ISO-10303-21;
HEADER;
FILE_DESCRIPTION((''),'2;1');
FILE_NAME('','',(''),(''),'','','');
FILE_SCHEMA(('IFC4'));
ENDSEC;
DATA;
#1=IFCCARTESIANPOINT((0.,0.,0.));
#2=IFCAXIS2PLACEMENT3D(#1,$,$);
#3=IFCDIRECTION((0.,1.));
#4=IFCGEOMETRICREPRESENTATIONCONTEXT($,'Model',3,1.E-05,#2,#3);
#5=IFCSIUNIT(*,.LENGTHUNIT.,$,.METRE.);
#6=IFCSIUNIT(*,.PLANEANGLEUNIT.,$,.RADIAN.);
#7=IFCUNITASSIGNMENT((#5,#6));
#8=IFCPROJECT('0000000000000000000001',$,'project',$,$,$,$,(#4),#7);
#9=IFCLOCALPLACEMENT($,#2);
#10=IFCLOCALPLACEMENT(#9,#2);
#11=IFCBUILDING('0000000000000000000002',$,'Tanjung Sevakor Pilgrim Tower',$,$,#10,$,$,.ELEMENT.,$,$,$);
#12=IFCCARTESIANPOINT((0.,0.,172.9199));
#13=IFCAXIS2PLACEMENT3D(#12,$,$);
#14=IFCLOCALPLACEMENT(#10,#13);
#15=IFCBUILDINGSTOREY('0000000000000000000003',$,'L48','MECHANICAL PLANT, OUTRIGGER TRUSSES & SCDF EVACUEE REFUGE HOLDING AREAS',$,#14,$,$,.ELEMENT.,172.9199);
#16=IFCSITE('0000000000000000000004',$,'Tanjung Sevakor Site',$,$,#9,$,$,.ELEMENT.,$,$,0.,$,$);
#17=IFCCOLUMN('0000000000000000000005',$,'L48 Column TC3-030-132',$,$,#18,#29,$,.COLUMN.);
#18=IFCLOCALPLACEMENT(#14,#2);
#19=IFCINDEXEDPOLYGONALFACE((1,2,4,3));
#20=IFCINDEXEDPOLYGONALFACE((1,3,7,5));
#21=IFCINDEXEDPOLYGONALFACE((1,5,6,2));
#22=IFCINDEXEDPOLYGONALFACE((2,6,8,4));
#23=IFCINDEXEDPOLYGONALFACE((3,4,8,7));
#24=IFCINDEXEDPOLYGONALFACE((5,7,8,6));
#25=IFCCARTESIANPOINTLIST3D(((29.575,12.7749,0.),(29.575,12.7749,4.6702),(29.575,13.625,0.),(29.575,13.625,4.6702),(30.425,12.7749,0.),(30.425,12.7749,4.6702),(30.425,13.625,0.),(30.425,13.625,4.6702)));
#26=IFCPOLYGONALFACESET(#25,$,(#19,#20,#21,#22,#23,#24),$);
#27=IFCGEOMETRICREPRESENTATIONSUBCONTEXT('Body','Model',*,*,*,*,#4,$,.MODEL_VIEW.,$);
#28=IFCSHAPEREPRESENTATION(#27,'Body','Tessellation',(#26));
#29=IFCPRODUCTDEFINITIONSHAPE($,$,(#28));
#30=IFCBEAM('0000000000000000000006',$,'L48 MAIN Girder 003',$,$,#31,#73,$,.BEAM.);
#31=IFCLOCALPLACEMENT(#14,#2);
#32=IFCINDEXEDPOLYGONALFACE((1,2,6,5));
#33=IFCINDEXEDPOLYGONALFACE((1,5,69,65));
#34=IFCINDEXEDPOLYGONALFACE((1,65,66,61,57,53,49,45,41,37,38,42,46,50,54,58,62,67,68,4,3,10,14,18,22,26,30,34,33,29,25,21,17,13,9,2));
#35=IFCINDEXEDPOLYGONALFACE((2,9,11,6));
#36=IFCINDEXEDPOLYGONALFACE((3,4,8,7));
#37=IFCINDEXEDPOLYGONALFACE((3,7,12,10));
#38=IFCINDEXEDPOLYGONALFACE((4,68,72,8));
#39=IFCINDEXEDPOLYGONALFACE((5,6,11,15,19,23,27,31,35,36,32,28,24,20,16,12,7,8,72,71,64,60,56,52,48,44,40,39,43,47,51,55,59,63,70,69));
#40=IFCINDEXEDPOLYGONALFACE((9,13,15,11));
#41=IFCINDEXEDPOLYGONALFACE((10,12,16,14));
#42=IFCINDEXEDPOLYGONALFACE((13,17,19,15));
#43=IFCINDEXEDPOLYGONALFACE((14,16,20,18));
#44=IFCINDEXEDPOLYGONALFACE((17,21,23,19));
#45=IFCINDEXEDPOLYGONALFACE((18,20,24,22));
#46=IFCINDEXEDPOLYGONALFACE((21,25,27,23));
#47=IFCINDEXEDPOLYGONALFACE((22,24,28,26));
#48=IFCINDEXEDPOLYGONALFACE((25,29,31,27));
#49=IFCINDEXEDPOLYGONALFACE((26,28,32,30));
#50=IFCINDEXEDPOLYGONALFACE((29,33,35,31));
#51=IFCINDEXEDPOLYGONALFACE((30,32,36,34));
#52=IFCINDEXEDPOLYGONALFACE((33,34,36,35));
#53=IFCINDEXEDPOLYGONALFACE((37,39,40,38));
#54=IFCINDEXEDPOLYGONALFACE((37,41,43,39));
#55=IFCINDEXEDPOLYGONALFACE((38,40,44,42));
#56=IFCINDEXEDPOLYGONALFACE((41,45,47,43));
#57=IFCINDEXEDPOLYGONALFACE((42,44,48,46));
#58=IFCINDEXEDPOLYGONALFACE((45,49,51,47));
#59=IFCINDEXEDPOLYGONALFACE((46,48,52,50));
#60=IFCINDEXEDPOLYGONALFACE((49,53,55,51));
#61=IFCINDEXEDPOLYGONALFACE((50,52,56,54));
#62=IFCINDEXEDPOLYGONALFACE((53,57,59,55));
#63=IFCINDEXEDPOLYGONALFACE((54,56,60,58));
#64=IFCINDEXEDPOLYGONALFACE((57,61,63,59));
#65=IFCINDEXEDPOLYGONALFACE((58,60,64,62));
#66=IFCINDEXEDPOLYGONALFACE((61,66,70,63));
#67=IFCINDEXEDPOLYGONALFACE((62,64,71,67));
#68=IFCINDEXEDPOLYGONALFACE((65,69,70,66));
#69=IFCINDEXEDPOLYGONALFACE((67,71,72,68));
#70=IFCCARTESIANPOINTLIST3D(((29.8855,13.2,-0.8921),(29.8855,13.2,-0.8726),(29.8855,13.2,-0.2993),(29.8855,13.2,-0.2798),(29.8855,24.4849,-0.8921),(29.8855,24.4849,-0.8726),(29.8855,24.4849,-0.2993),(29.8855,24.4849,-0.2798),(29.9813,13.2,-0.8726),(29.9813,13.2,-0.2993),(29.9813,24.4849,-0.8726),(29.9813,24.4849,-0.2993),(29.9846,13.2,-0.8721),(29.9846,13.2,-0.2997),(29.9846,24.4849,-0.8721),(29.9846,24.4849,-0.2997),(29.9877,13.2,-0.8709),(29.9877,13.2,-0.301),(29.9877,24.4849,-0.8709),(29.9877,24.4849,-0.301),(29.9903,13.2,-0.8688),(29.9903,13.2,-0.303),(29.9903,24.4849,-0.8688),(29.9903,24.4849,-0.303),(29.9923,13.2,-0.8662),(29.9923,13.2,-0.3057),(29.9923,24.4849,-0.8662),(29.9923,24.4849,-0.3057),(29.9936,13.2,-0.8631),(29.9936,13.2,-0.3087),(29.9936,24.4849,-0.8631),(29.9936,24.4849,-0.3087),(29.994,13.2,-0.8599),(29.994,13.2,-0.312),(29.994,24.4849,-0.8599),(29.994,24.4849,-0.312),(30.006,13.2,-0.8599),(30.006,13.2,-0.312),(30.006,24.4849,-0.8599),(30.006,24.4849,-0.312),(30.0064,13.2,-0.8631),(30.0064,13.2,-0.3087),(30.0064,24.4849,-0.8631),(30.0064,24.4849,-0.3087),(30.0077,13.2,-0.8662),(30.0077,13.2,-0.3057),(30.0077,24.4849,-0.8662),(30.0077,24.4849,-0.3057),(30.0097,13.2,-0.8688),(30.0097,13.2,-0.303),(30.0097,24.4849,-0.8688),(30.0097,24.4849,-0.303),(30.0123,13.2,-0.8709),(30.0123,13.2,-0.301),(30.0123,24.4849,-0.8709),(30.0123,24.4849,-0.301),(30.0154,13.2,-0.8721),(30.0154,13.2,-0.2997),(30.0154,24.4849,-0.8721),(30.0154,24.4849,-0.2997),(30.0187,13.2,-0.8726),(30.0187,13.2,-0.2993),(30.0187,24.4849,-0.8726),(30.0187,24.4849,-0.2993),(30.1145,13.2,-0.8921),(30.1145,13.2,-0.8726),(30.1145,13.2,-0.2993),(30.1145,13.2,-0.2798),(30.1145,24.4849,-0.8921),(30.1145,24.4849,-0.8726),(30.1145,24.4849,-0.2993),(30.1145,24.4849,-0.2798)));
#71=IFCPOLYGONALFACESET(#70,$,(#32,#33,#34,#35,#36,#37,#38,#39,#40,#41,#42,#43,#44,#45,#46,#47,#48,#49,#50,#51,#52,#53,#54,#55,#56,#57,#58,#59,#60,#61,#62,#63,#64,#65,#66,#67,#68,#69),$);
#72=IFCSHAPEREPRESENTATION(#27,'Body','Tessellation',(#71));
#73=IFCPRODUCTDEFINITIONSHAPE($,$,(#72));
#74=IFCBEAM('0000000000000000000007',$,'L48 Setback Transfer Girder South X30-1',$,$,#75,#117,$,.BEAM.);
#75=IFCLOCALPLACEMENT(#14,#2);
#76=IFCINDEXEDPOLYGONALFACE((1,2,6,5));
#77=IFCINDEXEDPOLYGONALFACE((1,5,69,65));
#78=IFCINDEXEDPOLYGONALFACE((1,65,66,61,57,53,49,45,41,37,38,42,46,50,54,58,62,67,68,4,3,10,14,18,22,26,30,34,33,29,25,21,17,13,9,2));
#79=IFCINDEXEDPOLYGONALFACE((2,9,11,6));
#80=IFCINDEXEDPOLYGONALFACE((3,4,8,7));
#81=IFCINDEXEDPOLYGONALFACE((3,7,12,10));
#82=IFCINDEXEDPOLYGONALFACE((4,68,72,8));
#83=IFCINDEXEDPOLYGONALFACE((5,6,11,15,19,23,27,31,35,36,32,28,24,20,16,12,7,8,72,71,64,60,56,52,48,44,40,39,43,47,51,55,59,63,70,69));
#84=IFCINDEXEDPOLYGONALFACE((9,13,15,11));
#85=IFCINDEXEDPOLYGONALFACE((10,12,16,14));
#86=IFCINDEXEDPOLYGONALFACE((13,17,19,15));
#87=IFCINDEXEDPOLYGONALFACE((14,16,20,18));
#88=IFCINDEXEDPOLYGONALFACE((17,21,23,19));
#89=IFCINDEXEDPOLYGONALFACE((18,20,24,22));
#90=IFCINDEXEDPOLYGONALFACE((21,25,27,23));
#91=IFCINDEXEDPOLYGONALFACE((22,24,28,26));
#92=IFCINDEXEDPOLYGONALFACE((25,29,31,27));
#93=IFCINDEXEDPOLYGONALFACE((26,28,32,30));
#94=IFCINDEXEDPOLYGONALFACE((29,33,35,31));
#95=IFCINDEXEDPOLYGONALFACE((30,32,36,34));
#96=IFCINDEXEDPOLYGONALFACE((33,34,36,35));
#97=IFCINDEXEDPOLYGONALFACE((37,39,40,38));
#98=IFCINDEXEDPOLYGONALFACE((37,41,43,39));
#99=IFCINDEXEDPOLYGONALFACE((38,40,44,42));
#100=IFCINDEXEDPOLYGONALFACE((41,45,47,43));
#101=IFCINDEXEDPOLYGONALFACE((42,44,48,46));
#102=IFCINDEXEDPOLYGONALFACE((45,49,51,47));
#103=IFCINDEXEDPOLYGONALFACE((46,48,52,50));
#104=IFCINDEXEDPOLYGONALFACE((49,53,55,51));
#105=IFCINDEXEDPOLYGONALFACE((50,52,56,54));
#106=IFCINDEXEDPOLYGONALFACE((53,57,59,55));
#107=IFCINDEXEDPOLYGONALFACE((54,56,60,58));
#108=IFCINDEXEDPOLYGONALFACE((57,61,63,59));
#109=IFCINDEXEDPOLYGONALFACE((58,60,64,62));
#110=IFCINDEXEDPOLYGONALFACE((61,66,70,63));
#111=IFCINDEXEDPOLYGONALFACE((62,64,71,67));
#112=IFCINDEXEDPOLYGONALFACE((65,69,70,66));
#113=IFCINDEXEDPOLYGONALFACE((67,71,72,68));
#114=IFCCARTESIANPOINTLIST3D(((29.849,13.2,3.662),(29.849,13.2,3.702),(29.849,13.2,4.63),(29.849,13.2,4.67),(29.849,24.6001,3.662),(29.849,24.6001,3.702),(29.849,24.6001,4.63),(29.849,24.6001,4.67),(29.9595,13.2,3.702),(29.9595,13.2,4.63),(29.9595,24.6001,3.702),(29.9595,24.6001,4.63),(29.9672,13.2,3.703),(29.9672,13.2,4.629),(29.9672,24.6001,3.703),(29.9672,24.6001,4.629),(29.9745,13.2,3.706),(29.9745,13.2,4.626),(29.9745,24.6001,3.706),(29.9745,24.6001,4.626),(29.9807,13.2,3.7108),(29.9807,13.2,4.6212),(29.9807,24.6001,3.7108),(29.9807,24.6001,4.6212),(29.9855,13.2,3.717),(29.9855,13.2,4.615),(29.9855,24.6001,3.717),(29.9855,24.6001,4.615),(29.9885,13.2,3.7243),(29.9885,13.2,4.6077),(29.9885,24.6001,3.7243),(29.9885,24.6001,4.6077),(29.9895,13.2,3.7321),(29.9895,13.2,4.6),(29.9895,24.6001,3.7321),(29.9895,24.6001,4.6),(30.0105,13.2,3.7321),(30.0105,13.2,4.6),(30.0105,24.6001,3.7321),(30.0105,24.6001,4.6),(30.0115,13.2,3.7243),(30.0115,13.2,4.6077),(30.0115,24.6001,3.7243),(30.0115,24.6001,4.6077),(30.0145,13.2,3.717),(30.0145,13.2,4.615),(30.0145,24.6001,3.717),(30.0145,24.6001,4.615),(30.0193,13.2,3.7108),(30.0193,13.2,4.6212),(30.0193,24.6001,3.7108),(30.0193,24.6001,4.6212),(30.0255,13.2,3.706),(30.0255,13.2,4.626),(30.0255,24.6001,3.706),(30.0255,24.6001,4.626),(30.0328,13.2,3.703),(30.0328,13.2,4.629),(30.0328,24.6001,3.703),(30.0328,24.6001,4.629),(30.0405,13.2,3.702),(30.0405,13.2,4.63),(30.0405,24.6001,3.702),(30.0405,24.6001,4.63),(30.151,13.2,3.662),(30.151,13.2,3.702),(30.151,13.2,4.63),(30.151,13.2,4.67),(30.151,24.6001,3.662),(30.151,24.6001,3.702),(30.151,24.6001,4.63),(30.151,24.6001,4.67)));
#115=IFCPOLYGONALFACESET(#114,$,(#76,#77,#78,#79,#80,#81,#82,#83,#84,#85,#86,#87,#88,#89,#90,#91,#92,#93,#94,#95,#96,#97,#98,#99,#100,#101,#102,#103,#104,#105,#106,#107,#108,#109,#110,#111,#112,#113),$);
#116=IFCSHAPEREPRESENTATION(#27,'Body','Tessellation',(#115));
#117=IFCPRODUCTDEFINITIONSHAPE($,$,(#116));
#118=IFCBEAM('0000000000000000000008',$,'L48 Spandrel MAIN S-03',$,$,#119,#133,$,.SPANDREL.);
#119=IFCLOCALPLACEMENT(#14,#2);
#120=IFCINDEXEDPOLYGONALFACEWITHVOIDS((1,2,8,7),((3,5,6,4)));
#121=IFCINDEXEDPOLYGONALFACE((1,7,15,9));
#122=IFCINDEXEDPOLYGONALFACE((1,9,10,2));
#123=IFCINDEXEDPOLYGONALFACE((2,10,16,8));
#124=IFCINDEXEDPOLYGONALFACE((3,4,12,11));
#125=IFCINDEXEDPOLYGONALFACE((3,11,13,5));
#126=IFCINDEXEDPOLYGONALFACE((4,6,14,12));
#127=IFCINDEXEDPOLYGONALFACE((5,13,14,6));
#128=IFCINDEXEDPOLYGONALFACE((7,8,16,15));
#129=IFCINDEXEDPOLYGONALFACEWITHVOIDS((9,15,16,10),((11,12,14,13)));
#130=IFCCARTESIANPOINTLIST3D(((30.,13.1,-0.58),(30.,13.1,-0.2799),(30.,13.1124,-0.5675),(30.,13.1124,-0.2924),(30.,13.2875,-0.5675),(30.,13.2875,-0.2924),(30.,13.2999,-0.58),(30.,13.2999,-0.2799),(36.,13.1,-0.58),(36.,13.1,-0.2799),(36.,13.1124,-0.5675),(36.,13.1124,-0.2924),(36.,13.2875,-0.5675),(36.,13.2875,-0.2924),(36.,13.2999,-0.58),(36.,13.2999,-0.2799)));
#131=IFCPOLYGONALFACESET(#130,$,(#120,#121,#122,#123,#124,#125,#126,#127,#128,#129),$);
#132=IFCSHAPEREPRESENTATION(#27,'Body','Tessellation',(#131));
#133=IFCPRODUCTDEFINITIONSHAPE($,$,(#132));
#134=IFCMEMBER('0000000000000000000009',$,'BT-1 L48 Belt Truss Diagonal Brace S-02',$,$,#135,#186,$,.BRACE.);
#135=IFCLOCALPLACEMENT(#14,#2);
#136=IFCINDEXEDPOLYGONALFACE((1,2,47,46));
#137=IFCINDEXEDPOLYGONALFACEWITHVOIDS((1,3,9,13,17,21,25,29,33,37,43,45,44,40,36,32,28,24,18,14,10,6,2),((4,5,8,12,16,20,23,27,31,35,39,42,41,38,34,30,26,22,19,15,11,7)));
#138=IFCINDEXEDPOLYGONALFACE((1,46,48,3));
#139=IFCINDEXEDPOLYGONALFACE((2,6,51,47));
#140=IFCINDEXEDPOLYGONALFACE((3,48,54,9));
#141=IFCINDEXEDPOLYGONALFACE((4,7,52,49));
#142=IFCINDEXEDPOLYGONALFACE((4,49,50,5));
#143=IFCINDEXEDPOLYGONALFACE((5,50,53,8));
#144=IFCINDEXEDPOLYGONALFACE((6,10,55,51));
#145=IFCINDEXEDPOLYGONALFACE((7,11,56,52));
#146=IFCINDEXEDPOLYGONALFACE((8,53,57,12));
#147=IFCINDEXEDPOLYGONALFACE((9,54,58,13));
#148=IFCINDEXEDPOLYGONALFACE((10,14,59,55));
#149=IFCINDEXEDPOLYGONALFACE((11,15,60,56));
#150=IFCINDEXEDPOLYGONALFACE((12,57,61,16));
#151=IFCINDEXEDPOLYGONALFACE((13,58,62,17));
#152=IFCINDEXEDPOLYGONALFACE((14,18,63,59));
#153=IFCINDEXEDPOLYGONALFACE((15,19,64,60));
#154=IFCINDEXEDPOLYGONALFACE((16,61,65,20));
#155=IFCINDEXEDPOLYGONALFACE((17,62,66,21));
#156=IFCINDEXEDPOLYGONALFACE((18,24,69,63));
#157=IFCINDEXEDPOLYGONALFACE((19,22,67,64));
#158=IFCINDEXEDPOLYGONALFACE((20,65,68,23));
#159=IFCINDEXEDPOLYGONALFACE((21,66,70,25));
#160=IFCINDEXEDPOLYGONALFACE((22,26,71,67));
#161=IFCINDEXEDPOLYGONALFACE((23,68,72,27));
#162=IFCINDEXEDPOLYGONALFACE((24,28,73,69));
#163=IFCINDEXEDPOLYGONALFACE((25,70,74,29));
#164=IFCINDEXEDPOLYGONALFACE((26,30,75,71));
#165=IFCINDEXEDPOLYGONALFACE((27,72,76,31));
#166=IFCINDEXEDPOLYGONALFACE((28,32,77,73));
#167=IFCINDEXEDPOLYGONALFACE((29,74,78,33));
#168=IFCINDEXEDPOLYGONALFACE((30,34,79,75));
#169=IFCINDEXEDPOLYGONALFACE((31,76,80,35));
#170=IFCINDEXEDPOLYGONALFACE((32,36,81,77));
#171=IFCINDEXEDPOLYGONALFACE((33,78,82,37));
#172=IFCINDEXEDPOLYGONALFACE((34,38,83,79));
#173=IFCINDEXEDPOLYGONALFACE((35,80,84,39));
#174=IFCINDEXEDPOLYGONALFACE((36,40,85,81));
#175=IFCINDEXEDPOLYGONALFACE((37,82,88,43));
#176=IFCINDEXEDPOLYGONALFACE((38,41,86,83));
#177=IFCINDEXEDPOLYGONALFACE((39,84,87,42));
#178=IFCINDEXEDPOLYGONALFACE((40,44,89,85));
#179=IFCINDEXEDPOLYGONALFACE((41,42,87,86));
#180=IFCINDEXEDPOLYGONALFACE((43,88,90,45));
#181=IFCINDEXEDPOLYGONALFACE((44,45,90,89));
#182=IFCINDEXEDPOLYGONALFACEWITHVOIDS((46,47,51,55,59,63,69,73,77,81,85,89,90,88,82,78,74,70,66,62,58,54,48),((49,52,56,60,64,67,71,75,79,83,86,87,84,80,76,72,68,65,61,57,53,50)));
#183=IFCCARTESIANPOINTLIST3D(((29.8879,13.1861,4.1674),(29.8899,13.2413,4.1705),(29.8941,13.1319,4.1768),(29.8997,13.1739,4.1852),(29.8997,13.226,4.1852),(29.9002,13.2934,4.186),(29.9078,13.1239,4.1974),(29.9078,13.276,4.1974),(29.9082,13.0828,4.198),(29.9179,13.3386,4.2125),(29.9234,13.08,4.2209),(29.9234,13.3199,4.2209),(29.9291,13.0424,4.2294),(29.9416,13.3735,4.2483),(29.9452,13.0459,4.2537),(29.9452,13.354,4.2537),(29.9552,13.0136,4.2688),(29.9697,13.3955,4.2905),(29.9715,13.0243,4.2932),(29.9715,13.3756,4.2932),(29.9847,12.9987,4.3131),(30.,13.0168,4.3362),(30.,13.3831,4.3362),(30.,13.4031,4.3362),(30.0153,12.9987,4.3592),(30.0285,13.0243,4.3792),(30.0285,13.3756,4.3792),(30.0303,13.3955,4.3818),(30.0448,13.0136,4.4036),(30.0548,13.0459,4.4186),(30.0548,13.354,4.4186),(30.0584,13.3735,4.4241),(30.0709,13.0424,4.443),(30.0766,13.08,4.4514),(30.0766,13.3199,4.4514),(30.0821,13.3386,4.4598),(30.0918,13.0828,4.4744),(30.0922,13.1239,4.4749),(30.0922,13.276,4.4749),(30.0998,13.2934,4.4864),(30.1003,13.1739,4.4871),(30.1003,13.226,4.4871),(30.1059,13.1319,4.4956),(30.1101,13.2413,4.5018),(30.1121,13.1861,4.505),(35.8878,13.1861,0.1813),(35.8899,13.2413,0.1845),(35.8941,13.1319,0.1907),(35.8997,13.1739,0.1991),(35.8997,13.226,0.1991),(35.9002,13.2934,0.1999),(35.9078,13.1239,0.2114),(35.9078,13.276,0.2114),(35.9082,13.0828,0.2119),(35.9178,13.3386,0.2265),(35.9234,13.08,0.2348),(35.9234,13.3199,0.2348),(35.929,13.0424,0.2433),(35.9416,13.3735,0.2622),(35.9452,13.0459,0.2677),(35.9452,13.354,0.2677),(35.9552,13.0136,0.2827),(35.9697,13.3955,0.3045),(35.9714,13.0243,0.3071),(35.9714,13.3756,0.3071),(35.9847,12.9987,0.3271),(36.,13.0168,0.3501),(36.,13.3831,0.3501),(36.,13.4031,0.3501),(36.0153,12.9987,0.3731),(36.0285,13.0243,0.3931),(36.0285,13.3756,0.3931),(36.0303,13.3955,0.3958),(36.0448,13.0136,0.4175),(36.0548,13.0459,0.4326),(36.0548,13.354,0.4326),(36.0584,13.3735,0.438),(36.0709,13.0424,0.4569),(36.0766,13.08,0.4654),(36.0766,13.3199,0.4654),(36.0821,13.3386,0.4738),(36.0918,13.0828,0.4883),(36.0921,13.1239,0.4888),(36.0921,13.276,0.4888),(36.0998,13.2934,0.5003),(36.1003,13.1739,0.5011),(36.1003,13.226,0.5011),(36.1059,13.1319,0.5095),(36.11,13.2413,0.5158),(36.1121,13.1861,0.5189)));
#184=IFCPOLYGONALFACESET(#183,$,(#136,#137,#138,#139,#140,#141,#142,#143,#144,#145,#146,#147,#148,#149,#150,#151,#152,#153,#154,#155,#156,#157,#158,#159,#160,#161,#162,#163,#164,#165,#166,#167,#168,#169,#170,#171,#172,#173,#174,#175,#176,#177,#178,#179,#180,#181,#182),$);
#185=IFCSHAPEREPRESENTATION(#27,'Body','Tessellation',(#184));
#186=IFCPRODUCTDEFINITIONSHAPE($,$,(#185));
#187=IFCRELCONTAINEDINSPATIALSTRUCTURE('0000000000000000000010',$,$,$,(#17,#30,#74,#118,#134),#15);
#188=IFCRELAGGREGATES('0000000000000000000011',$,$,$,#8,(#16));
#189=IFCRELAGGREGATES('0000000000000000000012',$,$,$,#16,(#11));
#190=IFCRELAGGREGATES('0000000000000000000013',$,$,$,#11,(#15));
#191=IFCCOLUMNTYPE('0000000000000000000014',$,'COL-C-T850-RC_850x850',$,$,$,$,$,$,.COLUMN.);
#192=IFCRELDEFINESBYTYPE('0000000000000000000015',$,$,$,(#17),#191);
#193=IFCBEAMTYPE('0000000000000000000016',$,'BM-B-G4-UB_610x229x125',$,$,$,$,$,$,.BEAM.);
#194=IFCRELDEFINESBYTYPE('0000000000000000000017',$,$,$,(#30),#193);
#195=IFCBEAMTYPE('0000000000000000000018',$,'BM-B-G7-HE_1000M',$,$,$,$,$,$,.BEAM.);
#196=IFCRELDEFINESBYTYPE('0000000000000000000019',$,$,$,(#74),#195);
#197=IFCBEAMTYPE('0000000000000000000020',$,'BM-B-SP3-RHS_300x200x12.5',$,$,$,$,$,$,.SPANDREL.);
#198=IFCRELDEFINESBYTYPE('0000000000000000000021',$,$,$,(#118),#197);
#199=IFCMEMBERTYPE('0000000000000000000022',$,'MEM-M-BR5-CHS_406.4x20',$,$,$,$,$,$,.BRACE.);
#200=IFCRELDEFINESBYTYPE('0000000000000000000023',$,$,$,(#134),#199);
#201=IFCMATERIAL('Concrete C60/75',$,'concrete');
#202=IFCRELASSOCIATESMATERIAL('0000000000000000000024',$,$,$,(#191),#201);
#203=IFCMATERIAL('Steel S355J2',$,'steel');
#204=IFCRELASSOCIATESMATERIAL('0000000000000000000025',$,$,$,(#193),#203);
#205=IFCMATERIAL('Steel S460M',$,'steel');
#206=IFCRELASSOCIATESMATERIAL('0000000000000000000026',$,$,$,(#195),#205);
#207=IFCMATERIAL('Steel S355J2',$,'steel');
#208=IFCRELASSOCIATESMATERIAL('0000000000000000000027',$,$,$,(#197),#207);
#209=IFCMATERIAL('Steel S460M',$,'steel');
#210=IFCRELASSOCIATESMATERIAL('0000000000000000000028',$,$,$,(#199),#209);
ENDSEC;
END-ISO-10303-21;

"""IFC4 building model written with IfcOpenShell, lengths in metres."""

from ifc_helpers import new_model, si_unit, direction, frame, origin, origin_2d, place, context, subcontext, project, spatial, rectangle, hollow_rectangle, hollow_circle, i_section, extrude, material, material_profile, profile_set, type_object, element, save


model = new_model("IFC4")

# Units and contexts
model_context = context("Model", 3, precision=1e-05, world=origin(), true_north=direction((0.0, 1.0)))
body_context = subcontext(model_context, "Body", "Model", "MODEL_VIEW")
ifc_project = project(units=[si_unit("LENGTHUNIT", "METRE"), si_unit("PLANEANGLEUNIT", "RADIAN")], contexts=[model_context])

# Site, building, storey
site_placement = place(None, origin())
site = spatial("IfcSite", under=ifc_project, at=site_placement, Name="Tanjung Sevakor Site", CompositionType="ELEMENT", RefElevation=0.0)
building_placement = place(site_placement, origin())
building = spatial("IfcBuilding", under=site, at=building_placement, Name="Tanjung Sevakor Pilgrim Tower", CompositionType="ELEMENT")
storey_placement = place(building_placement, frame((0.0, 0.0, 172.9199)))
storey = spatial("IfcBuildingStorey", under=building, at=storey_placement, Name="L48", Description="MECHANICAL PLANT, OUTRIGGER TRUSSES & SCDF EVACUEE REFUGE HOLDING AREAS", CompositionType="ELEMENT", Elevation=172.9199)

# Column
ifc_material_1 = material(Name="Concrete C60/75", Category="concrete")
ifc_material_profile_1 = material_profile(ifc_material_1, rectangle(XDim=0.8501, YDim=0.8501, at=origin_2d()))
ifc_profile_set_1 = profile_set([ifc_material_profile_1], Name="Concrete C60/75")
column_type = type_object("IfcColumnType", Name="COL-C-T850-RC_850x850", PredefinedType="COLUMN", material=ifc_profile_set_1)
column_placement = place(storey_placement, frame((30.0, 13.2, 0.0), z_axis=(0.0, 0.0, 1.0), x_axis=(1.0, 0.0, 0.0)))
element("IfcColumn", 1, at=column_placement, inside=storey, type_object=column_type, Name="L48 Column TC3-030-132", PredefinedType="COLUMN", context=body_context, shape_type="SweptSolid", body=[
    extrude(rectangle(XDim=0.8501, YDim=0.8501, at=origin_2d()), origin(), (0.0, 0.0, 1.0), 4.6702),
])

# Beams
ifc_material_2 = material(Name="Steel S355J2", Category="steel")
ifc_material_profile_2 = material_profile(ifc_material_2, i_section(OverallWidth=0.229, OverallDepth=0.6123, WebThickness=0.012, FlangeThickness=0.0195, FilletRadius=0.0127, at=origin_2d()))
ifc_profile_set_2 = profile_set([ifc_material_profile_2], Name="Steel S355J2")
beam_type_1 = type_object("IfcBeamType", Name="BM-B-G4-UB_610x229x125", PredefinedType="BEAM", material=ifc_profile_set_2)
beam_1_placement = place(storey_placement, frame((30.0, 13.2, -0.5859), z_axis=(0.0, 1.0, 0.0), x_axis=(-1.0, 0.0, 0.0)))
element("IfcBeam", 2, at=beam_1_placement, inside=storey, type_object=beam_type_1, Name="L48 MAIN Girder 003", PredefinedType="BEAM", context=body_context, shape_type="SweptSolid", body=[
    extrude(i_section(OverallWidth=0.229, OverallDepth=0.6123, WebThickness=0.012, FlangeThickness=0.0195, FilletRadius=0.0127, at=origin_2d()), origin(), (0.0, 0.0, 1.0), 11.2849),
])
ifc_material_3 = material(Name="Steel S460M", Category="steel")
ifc_material_profile_3 = material_profile(ifc_material_3, i_section(OverallWidth=0.302, OverallDepth=1.0081, WebThickness=0.021, FlangeThickness=0.04, FilletRadius=0.03, at=origin_2d()))
ifc_profile_set_3 = profile_set([ifc_material_profile_3], Name="Steel S460M")
beam_type_2 = type_object("IfcBeamType", Name="BM-B-G7-HE_1000M", PredefinedType="BEAM", material=ifc_profile_set_3)
beam_2_placement = place(storey_placement, frame((30.0, 13.2, 4.166), z_axis=(0.0, 1.0, 0.0), x_axis=(-1.0, 0.0, 0.0)))
element("IfcBeam", 3, at=beam_2_placement, inside=storey, type_object=beam_type_2, Name="L48 Setback Transfer Girder South X30-1", PredefinedType="BEAM", context=body_context, shape_type="SweptSolid", body=[
    extrude(i_section(OverallWidth=0.302, OverallDepth=1.0081, WebThickness=0.021, FlangeThickness=0.04, FilletRadius=0.03, at=origin_2d()), origin(), (0.0, 0.0, 1.0), 11.4001),
])
ifc_material_4 = material(Name="Steel S355J2", Category="steel")
ifc_material_profile_4 = material_profile(ifc_material_4, hollow_rectangle(XDim=0.2, YDim=0.3, WallThickness=0.0125, at=origin_2d()))
ifc_profile_set_4 = profile_set([ifc_material_profile_4], Name="Steel S355J2")
beam_type_3 = type_object("IfcBeamType", Name="BM-B-SP3-RHS_300x200x12.5", PredefinedType="SPANDREL", material=ifc_profile_set_4)
beam_3_placement = place(storey_placement, frame((30.0, 13.2, -0.4299), z_axis=(1.0, 0.0, 0.0), x_axis=(0.0, 1.0, 0.0)))
element("IfcBeam", 4, at=beam_3_placement, inside=storey, type_object=beam_type_3, Name="L48 Spandrel MAIN S-03", PredefinedType="SPANDREL", context=body_context, shape_type="SweptSolid", body=[
    extrude(hollow_rectangle(XDim=0.2, YDim=0.3, WallThickness=0.0125, at=origin_2d()), origin(), (0.0, 0.0, 1.0), 6.0),
])

# Member
ifc_material_5 = material(Name="Steel S460M", Category="steel")
ifc_material_profile_5 = material_profile(ifc_material_5, hollow_circle(Radius=0.2031, WallThickness=0.02, at=origin_2d()))
ifc_profile_set_5 = profile_set([ifc_material_profile_5], Name="Steel S460M")
member_type = type_object("IfcMemberType", Name="MEM-M-BR5-CHS_406.4x20", PredefinedType="BRACE", material=ifc_profile_set_5)
member_placement = place(storey_placement, frame((30.0, 13.2, 4.3362), z_axis=(0.832941, 0.0, -0.553362), x_axis=(0.0, 1.0, 0.0)))
element("IfcMember", 5, at=member_placement, inside=storey, type_object=member_type, Name="BT-1 L48 Belt Truss Diagonal Brace S-02", PredefinedType="BRACE", context=body_context, shape_type="SweptSolid", body=[
    extrude(hollow_circle(Radius=0.2031, WallThickness=0.02, at=origin_2d()), origin(), (0.0, 0.0, 1.0), 7.2034),
])

save(model, "model.ifc")
